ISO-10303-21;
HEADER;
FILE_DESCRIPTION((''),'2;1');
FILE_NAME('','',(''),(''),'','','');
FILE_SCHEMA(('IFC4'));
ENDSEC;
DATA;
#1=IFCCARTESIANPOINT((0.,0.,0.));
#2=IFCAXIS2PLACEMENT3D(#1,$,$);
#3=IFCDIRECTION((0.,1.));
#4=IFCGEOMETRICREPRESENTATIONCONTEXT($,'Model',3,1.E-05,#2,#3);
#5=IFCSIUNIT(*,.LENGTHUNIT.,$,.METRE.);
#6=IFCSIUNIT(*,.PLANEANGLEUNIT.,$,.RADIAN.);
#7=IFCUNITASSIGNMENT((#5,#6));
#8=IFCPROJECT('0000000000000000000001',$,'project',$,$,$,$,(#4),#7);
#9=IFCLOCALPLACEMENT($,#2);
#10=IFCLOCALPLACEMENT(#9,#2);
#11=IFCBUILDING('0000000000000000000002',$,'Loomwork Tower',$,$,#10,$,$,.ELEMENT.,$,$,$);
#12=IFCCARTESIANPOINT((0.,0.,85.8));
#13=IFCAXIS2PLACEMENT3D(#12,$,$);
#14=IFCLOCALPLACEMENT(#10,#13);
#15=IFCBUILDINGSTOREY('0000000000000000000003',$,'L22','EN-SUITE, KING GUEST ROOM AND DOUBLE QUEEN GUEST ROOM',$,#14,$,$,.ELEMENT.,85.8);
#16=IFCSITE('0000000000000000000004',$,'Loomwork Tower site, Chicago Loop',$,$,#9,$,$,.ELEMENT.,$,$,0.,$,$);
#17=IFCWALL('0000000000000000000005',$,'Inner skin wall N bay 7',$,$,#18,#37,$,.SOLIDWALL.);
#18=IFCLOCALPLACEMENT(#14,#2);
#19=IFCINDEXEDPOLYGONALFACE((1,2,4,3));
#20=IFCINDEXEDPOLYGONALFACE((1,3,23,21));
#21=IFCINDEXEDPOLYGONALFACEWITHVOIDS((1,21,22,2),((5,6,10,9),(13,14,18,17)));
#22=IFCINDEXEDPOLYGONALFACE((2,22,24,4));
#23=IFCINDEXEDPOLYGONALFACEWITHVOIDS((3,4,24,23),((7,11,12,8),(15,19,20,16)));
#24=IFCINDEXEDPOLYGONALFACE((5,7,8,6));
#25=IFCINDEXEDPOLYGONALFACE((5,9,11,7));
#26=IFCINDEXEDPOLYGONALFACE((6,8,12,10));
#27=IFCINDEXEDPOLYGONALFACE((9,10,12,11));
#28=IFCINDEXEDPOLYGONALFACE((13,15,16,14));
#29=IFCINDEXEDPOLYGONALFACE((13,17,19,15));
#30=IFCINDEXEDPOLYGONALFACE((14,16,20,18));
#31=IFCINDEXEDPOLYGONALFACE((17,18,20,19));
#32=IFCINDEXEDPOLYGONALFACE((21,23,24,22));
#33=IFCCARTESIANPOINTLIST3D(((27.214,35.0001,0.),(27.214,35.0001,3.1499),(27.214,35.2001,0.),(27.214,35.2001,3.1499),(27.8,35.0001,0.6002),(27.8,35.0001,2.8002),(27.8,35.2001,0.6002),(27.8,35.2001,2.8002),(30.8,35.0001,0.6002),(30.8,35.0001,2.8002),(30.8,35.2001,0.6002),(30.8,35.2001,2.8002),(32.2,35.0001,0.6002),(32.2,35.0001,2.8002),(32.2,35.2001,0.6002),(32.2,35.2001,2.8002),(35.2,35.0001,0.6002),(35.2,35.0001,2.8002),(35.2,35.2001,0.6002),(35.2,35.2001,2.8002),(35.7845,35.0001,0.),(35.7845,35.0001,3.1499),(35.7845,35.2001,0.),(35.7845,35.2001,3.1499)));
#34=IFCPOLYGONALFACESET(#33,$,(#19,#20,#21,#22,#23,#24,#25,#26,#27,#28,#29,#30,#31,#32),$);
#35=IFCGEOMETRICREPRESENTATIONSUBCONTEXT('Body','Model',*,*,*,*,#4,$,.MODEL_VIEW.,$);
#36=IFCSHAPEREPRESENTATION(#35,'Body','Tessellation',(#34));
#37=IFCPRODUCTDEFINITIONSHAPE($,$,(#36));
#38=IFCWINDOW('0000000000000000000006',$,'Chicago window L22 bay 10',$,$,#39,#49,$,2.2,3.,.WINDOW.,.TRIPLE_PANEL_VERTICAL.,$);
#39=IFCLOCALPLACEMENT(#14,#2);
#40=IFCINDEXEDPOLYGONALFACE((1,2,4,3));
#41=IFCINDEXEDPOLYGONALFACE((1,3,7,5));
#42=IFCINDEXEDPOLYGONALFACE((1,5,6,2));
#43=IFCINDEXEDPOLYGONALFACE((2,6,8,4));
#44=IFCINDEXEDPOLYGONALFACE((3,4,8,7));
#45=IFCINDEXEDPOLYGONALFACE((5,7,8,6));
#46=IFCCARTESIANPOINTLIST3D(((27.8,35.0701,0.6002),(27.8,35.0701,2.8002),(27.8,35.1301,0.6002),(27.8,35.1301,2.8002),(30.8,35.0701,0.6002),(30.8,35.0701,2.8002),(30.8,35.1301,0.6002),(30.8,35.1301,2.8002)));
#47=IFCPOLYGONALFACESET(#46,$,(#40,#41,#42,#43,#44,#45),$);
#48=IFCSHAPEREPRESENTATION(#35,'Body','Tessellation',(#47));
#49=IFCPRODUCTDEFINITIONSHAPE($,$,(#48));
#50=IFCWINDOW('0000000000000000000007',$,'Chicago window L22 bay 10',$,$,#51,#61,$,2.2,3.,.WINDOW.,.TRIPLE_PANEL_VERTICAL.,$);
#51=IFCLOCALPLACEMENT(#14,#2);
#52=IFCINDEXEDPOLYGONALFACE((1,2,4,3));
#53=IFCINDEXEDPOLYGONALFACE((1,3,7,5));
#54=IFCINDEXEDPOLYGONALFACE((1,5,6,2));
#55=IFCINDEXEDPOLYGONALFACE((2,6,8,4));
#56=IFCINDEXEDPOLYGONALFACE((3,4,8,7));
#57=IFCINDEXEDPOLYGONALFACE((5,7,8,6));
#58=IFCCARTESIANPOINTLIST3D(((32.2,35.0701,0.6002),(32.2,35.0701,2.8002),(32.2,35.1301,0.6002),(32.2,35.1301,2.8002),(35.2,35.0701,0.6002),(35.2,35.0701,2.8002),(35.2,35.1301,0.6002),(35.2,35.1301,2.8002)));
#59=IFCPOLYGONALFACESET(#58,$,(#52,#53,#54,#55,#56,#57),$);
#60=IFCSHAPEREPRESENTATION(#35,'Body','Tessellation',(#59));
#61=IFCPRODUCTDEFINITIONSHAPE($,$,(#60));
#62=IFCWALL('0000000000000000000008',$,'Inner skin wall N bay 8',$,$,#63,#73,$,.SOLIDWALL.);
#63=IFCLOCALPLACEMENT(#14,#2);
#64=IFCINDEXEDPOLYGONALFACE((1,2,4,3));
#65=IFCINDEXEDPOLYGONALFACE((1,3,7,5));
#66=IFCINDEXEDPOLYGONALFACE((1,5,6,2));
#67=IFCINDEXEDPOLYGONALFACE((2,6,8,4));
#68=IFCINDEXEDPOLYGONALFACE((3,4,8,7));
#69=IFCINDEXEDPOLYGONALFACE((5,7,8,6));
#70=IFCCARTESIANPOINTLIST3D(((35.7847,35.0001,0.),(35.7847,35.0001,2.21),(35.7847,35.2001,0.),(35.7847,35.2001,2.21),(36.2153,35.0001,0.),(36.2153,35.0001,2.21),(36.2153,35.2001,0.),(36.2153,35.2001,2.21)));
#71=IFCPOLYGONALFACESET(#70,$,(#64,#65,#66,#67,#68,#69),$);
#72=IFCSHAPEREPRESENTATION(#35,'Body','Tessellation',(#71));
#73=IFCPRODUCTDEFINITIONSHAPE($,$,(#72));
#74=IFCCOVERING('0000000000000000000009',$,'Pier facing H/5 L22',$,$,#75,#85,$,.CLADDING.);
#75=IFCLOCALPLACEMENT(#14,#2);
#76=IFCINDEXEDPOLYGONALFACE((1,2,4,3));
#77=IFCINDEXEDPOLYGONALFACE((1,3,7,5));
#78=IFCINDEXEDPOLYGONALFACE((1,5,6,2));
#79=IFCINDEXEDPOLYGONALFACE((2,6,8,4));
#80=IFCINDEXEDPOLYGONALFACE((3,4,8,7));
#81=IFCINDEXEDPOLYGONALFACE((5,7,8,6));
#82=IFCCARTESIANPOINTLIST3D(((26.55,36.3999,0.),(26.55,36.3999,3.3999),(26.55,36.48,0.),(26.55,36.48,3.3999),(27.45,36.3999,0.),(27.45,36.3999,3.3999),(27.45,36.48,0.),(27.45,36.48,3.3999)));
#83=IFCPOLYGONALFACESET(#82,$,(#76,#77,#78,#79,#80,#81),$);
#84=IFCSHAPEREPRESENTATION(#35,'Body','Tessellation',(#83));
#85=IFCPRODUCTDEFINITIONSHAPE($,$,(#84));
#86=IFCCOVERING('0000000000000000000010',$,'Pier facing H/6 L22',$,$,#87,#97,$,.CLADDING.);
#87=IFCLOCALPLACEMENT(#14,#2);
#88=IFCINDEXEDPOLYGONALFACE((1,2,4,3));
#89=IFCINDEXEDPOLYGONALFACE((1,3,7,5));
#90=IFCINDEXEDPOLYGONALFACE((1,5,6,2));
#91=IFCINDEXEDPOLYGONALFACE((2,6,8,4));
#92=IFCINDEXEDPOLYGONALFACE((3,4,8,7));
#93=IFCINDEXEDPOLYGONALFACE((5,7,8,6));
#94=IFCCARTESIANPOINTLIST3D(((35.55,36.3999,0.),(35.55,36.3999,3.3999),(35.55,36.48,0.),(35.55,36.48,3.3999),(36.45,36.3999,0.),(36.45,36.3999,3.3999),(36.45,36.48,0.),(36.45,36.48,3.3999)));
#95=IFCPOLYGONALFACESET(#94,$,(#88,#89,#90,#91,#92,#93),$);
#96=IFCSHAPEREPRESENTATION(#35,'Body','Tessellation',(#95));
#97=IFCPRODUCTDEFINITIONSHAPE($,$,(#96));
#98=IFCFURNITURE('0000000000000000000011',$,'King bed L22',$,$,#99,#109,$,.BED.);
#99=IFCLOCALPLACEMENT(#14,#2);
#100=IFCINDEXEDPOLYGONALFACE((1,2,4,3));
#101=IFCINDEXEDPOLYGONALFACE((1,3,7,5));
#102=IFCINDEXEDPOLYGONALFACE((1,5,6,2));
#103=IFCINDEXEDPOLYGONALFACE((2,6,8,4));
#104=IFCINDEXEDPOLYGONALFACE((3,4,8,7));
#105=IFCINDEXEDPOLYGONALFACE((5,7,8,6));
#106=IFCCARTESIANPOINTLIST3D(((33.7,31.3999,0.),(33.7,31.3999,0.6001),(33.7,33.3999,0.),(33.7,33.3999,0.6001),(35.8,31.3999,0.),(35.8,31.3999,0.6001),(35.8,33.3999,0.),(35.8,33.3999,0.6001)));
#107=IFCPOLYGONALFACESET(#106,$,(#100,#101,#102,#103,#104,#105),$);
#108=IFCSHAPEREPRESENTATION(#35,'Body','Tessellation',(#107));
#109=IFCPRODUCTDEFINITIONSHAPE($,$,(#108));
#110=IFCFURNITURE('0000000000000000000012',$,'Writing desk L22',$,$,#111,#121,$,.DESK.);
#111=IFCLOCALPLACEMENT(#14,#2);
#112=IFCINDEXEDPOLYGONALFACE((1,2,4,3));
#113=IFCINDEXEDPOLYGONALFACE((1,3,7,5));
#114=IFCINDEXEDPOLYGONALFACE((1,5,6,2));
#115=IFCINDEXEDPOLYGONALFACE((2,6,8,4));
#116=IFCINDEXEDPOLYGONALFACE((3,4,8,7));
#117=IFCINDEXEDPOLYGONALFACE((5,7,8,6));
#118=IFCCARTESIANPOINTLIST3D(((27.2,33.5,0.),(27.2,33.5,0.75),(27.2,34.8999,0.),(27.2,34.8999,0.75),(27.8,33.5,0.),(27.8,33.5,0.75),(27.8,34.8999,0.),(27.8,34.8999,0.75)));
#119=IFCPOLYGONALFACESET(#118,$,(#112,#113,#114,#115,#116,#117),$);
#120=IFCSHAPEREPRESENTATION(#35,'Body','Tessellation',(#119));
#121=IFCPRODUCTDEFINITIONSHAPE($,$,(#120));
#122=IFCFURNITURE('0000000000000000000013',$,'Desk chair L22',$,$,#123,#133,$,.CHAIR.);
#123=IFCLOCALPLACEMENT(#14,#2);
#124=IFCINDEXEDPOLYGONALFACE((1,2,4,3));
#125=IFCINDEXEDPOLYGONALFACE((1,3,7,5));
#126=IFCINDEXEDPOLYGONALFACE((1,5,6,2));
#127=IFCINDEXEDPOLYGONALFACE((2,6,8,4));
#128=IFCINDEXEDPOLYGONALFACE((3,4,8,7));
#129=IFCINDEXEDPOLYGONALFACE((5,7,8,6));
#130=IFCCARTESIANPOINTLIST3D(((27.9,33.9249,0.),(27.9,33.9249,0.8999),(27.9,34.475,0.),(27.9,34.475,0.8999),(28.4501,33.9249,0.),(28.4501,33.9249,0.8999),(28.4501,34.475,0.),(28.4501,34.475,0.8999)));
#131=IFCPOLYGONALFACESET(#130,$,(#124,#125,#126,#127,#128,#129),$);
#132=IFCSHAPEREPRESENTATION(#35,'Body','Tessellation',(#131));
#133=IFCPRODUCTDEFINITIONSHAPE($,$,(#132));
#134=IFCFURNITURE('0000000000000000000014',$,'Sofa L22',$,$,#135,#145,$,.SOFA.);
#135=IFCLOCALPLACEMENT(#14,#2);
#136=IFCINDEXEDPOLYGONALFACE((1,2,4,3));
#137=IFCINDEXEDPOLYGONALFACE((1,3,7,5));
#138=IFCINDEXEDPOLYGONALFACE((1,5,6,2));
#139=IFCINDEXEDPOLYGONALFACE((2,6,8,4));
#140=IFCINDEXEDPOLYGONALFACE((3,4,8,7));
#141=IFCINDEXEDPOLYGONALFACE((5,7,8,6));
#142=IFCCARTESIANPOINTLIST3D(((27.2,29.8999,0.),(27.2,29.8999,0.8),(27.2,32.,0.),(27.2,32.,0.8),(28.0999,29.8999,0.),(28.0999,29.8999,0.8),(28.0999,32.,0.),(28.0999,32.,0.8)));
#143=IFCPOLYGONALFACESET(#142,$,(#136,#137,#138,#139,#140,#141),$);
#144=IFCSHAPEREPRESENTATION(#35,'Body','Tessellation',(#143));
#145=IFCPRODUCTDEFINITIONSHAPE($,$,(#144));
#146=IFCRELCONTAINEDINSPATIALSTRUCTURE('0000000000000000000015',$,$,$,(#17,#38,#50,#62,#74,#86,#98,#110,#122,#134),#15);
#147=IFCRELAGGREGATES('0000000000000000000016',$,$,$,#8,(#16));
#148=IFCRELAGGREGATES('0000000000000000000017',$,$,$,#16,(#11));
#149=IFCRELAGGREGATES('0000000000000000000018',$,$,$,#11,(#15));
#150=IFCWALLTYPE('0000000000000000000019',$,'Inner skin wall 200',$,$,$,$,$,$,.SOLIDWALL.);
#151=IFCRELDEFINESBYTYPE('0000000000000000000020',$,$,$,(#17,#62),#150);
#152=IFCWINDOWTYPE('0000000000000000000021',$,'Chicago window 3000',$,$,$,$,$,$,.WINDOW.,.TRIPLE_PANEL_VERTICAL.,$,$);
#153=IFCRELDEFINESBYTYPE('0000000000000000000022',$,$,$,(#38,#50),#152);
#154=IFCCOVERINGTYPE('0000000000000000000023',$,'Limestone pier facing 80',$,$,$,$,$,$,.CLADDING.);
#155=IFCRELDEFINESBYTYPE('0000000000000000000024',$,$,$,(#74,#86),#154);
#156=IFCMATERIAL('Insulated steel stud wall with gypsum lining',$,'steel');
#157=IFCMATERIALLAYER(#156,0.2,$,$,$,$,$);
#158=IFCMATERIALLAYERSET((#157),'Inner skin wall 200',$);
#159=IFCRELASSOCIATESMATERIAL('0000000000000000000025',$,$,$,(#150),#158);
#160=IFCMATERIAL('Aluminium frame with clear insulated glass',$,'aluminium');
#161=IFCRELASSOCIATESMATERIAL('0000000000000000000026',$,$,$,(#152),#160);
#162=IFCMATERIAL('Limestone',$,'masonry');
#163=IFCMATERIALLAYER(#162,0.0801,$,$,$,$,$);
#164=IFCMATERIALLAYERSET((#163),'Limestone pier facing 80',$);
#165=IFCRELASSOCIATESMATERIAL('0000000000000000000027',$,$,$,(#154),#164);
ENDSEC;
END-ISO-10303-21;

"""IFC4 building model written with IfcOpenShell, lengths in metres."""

from ifc_helpers import new_model, si_unit, direction, frame, frame_2d, origin, origin_2d, place, context, subcontext, project, spatial, rectangle, extrude, material, layer, layer_set, type_object, element, fill, save


model = new_model("IFC4")

# Units and contexts
model_context = context("Model", 3, precision=1e-05, world=origin(), true_north=direction((0.0, 1.0)))
body_context = subcontext(model_context, "Body", "Model", "MODEL_VIEW")
ifc_project = project(units=[si_unit("LENGTHUNIT", "METRE"), si_unit("PLANEANGLEUNIT", "RADIAN")], contexts=[model_context])

# Site, building, storey
site_placement = place(None, origin())
site = spatial("IfcSite", under=ifc_project, at=site_placement, Name="Loomwork Tower site, Chicago Loop", CompositionType="ELEMENT", RefElevation=0.0)
building_placement = place(site_placement, origin())
building = spatial("IfcBuilding", under=site, at=building_placement, Name="Loomwork Tower", CompositionType="ELEMENT")
storey_placement = place(building_placement, frame((0.0, 0.0, 85.8)))
storey = spatial("IfcBuildingStorey", under=building, at=storey_placement, Name="L22", Description="EN-SUITE, KING GUEST ROOM AND DOUBLE QUEEN GUEST ROOM", CompositionType="ELEMENT", Elevation=85.8)

# Wall, openings, windows
ifc_material_1 = material(Name="Insulated steel stud wall with gypsum lining", Category="steel")
ifc_layer_1 = layer(ifc_material_1, 0.2)
ifc_layer_set_1 = layer_set([ifc_layer_1], Name="Inner skin wall 200")
wall_type_1 = type_object("IfcWallType", Name="Inner skin wall 200", PredefinedType="SOLIDWALL", material=ifc_layer_set_1)
wall_1_placement = place(storey_placement, frame((27.2141, 35.1001, 0.0), z_axis=(0.0, 0.0, 1.0), x_axis=(1.0, 0.0, 0.0)))
wall_1 = element("IfcWall", 1, at=wall_1_placement, inside=storey, type_object=wall_type_1, Name="Inner skin wall N bay 7", PredefinedType="SOLIDWALL", context=body_context, shape_type="SweptSolid", body=[
    extrude(rectangle(XDim=8.5706, YDim=0.2, at=frame_2d((4.2852, 0.0))), origin(), (0.0, 0.0, 1.0), 3.1499),
])
opening_1_placement = place(wall_1_placement, frame((0.5859, 0.0, 0.6001)))
opening_1 = element("IfcOpeningElement", 2, at=opening_1_placement, cuts=wall_1, PredefinedType="OPENING", context=body_context, shape_type="SweptSolid", body=[
    extrude(rectangle(XDim=3.0, YDim=2.2, at=frame_2d((1.5, 1.1001))), frame((0.0, 0.1099, 0.0), z_axis=(0.0, -1.0, 0.0), x_axis=(1.0, 0.0, 0.0)), (0.0, 0.0, 1.0), 0.22),
])
opening_2_placement = place(wall_1_placement, frame((4.9858, 0.0, 0.6001)))
opening_2 = element("IfcOpeningElement", 3, at=opening_2_placement, cuts=wall_1, PredefinedType="OPENING", context=body_context, shape_type="SweptSolid", body=[
    extrude(rectangle(XDim=3.0, YDim=2.2, at=frame_2d((1.5, 1.1001))), frame((0.0, 0.1099, 0.0), z_axis=(0.0, -1.0, 0.0), x_axis=(1.0, 0.0, 0.0)), (0.0, 0.0, 1.0), 0.22),
])
ifc_material_2 = material(Name="Aluminium frame with clear insulated glass", Category="aluminium")
window_type = type_object("IfcWindowType", Name="Chicago window 3000", PartitioningType="TRIPLE_PANEL_VERTICAL", PredefinedType="WINDOW", material=ifc_material_2)
window_1_placement = place(opening_1_placement, origin())
window_1 = element("IfcWindow", 4, at=window_1_placement, inside=storey, type_object=window_type, Name="Chicago window L22 bay 10", OverallHeight=2.2, OverallWidth=3.0, PartitioningType="TRIPLE_PANEL_VERTICAL", PredefinedType="WINDOW", context=body_context, shape_type="SweptSolid", body=[
    extrude(rectangle(XDim=3.0, YDim=2.2, at=frame_2d((1.5, 1.1001))), frame((0.0, 0.03, 0.0), z_axis=(0.0, -1.0, 0.0), x_axis=(1.0, 0.0, 0.0)), (0.0, 0.0, 1.0), 0.0601),
])
fill(opening_1, window_1)
window_2_placement = place(opening_2_placement, origin())
window_2 = element("IfcWindow", 5, at=window_2_placement, inside=storey, type_object=window_type, Name="Chicago window L22 bay 10", OverallHeight=2.2, OverallWidth=3.0, PartitioningType="TRIPLE_PANEL_VERTICAL", PredefinedType="WINDOW", context=body_context, shape_type="SweptSolid", body=[
    extrude(rectangle(XDim=3.0, YDim=2.2, at=frame_2d((1.5, 1.1001))), frame((0.0, 0.03, 0.0), z_axis=(0.0, -1.0, 0.0), x_axis=(1.0, 0.0, 0.0)), (0.0, 0.0, 1.0), 0.0601),
])
fill(opening_2, window_2)

# Wall
wall_2_placement = place(storey_placement, frame((35.7847, 35.1001, 0.0), z_axis=(0.0, 0.0, 1.0), x_axis=(1.0, 0.0, 0.0)))
element("IfcWall", 6, at=wall_2_placement, inside=storey, type_object=wall_type_1, Name="Inner skin wall N bay 8", PredefinedType="SOLIDWALL", context=body_context, shape_type="SweptSolid", body=[
    extrude(rectangle(XDim=0.4307, YDim=0.2, at=frame_2d((0.2153, 0.0))), origin(), (0.0, 0.0, 1.0), 2.21),
])

# Coverings
ifc_material_3 = material(Name="Limestone", Category="masonry")
ifc_layer_2 = layer(ifc_material_3, 0.0801)
ifc_layer_set_2 = layer_set([ifc_layer_2], Name="Limestone pier facing 80")
covering_type = type_object("IfcCoveringType", Name="Limestone pier facing 80", PredefinedType="CLADDING", material=ifc_layer_set_2)
for number, where, z_axis, x_axis, name in (
    (7, (27.0, 36.4399, 0.0), (0.0, 0.0, 1.0), (1.0, 0.0, 0.0), "Pier facing H/5 L22"),
    (8, (36.0, 36.4399, 0.0), (0.0, 0.0, 1.0), (1.0, 0.0, 0.0), "Pier facing H/6 L22"),
):
    element("IfcCovering", number, at=place(storey_placement, frame(where, z_axis=z_axis, x_axis=x_axis)), inside=storey, type_object=covering_type, Name=name, PredefinedType="CLADDING", context=body_context, shape_type="SweptSolid", body=[
        extrude(rectangle(XDim=0.8999, YDim=0.0801, at=origin_2d()), origin(), (0.0, 0.0, 1.0), 3.3999),
    ])

# Furniture
furniture_1_placement = place(storey_placement, frame((34.75, 32.3999, 0.0), z_axis=(0.0, 0.0, 1.0), x_axis=(1.0, 0.0, 0.0)))
element("IfcFurniture", 9, at=furniture_1_placement, inside=storey, Name="King bed L22", PredefinedType="BED", context=body_context, shape_type="SweptSolid", body=[
    extrude(rectangle(XDim=2.1001, YDim=2.0, at=origin_2d()), origin(), (0.0, 0.0, 1.0), 0.6001),
])
furniture_2_placement = place(storey_placement, frame((27.5, 34.2, 0.0), z_axis=(0.0, 0.0, 1.0), x_axis=(1.0, 0.0, 0.0)))
element("IfcFurniture", 10, at=furniture_2_placement, inside=storey, Name="Writing desk L22", PredefinedType="DESK", context=body_context, shape_type="SweptSolid", body=[
    extrude(rectangle(XDim=0.6001, YDim=1.3999, at=origin_2d()), origin(), (0.0, 0.0, 1.0), 0.75),
])
furniture_3_placement = place(storey_placement, frame((28.175, 34.2, 0.0), z_axis=(0.0, 0.0, 1.0), x_axis=(1.0, 0.0, 0.0)))
element("IfcFurniture", 11, at=furniture_3_placement, inside=storey, Name="Desk chair L22", PredefinedType="CHAIR", context=body_context, shape_type="SweptSolid", body=[
    extrude(rectangle(XDim=0.55, YDim=0.55, at=origin_2d()), origin(), (0.0, 0.0, 1.0), 0.8999),
])
furniture_4_placement = place(storey_placement, frame((27.6499, 30.95, 0.0), z_axis=(0.0, 0.0, 1.0), x_axis=(1.0, 0.0, 0.0)))
element("IfcFurniture", 12, at=furniture_4_placement, inside=storey, Name="Sofa L22", PredefinedType="SOFA", context=body_context, shape_type="SweptSolid", body=[
    extrude(rectangle(XDim=0.8999, YDim=2.1001, at=origin_2d()), origin(), (0.0, 0.0, 1.0), 0.8),
])

save(model, "model.ifc")
